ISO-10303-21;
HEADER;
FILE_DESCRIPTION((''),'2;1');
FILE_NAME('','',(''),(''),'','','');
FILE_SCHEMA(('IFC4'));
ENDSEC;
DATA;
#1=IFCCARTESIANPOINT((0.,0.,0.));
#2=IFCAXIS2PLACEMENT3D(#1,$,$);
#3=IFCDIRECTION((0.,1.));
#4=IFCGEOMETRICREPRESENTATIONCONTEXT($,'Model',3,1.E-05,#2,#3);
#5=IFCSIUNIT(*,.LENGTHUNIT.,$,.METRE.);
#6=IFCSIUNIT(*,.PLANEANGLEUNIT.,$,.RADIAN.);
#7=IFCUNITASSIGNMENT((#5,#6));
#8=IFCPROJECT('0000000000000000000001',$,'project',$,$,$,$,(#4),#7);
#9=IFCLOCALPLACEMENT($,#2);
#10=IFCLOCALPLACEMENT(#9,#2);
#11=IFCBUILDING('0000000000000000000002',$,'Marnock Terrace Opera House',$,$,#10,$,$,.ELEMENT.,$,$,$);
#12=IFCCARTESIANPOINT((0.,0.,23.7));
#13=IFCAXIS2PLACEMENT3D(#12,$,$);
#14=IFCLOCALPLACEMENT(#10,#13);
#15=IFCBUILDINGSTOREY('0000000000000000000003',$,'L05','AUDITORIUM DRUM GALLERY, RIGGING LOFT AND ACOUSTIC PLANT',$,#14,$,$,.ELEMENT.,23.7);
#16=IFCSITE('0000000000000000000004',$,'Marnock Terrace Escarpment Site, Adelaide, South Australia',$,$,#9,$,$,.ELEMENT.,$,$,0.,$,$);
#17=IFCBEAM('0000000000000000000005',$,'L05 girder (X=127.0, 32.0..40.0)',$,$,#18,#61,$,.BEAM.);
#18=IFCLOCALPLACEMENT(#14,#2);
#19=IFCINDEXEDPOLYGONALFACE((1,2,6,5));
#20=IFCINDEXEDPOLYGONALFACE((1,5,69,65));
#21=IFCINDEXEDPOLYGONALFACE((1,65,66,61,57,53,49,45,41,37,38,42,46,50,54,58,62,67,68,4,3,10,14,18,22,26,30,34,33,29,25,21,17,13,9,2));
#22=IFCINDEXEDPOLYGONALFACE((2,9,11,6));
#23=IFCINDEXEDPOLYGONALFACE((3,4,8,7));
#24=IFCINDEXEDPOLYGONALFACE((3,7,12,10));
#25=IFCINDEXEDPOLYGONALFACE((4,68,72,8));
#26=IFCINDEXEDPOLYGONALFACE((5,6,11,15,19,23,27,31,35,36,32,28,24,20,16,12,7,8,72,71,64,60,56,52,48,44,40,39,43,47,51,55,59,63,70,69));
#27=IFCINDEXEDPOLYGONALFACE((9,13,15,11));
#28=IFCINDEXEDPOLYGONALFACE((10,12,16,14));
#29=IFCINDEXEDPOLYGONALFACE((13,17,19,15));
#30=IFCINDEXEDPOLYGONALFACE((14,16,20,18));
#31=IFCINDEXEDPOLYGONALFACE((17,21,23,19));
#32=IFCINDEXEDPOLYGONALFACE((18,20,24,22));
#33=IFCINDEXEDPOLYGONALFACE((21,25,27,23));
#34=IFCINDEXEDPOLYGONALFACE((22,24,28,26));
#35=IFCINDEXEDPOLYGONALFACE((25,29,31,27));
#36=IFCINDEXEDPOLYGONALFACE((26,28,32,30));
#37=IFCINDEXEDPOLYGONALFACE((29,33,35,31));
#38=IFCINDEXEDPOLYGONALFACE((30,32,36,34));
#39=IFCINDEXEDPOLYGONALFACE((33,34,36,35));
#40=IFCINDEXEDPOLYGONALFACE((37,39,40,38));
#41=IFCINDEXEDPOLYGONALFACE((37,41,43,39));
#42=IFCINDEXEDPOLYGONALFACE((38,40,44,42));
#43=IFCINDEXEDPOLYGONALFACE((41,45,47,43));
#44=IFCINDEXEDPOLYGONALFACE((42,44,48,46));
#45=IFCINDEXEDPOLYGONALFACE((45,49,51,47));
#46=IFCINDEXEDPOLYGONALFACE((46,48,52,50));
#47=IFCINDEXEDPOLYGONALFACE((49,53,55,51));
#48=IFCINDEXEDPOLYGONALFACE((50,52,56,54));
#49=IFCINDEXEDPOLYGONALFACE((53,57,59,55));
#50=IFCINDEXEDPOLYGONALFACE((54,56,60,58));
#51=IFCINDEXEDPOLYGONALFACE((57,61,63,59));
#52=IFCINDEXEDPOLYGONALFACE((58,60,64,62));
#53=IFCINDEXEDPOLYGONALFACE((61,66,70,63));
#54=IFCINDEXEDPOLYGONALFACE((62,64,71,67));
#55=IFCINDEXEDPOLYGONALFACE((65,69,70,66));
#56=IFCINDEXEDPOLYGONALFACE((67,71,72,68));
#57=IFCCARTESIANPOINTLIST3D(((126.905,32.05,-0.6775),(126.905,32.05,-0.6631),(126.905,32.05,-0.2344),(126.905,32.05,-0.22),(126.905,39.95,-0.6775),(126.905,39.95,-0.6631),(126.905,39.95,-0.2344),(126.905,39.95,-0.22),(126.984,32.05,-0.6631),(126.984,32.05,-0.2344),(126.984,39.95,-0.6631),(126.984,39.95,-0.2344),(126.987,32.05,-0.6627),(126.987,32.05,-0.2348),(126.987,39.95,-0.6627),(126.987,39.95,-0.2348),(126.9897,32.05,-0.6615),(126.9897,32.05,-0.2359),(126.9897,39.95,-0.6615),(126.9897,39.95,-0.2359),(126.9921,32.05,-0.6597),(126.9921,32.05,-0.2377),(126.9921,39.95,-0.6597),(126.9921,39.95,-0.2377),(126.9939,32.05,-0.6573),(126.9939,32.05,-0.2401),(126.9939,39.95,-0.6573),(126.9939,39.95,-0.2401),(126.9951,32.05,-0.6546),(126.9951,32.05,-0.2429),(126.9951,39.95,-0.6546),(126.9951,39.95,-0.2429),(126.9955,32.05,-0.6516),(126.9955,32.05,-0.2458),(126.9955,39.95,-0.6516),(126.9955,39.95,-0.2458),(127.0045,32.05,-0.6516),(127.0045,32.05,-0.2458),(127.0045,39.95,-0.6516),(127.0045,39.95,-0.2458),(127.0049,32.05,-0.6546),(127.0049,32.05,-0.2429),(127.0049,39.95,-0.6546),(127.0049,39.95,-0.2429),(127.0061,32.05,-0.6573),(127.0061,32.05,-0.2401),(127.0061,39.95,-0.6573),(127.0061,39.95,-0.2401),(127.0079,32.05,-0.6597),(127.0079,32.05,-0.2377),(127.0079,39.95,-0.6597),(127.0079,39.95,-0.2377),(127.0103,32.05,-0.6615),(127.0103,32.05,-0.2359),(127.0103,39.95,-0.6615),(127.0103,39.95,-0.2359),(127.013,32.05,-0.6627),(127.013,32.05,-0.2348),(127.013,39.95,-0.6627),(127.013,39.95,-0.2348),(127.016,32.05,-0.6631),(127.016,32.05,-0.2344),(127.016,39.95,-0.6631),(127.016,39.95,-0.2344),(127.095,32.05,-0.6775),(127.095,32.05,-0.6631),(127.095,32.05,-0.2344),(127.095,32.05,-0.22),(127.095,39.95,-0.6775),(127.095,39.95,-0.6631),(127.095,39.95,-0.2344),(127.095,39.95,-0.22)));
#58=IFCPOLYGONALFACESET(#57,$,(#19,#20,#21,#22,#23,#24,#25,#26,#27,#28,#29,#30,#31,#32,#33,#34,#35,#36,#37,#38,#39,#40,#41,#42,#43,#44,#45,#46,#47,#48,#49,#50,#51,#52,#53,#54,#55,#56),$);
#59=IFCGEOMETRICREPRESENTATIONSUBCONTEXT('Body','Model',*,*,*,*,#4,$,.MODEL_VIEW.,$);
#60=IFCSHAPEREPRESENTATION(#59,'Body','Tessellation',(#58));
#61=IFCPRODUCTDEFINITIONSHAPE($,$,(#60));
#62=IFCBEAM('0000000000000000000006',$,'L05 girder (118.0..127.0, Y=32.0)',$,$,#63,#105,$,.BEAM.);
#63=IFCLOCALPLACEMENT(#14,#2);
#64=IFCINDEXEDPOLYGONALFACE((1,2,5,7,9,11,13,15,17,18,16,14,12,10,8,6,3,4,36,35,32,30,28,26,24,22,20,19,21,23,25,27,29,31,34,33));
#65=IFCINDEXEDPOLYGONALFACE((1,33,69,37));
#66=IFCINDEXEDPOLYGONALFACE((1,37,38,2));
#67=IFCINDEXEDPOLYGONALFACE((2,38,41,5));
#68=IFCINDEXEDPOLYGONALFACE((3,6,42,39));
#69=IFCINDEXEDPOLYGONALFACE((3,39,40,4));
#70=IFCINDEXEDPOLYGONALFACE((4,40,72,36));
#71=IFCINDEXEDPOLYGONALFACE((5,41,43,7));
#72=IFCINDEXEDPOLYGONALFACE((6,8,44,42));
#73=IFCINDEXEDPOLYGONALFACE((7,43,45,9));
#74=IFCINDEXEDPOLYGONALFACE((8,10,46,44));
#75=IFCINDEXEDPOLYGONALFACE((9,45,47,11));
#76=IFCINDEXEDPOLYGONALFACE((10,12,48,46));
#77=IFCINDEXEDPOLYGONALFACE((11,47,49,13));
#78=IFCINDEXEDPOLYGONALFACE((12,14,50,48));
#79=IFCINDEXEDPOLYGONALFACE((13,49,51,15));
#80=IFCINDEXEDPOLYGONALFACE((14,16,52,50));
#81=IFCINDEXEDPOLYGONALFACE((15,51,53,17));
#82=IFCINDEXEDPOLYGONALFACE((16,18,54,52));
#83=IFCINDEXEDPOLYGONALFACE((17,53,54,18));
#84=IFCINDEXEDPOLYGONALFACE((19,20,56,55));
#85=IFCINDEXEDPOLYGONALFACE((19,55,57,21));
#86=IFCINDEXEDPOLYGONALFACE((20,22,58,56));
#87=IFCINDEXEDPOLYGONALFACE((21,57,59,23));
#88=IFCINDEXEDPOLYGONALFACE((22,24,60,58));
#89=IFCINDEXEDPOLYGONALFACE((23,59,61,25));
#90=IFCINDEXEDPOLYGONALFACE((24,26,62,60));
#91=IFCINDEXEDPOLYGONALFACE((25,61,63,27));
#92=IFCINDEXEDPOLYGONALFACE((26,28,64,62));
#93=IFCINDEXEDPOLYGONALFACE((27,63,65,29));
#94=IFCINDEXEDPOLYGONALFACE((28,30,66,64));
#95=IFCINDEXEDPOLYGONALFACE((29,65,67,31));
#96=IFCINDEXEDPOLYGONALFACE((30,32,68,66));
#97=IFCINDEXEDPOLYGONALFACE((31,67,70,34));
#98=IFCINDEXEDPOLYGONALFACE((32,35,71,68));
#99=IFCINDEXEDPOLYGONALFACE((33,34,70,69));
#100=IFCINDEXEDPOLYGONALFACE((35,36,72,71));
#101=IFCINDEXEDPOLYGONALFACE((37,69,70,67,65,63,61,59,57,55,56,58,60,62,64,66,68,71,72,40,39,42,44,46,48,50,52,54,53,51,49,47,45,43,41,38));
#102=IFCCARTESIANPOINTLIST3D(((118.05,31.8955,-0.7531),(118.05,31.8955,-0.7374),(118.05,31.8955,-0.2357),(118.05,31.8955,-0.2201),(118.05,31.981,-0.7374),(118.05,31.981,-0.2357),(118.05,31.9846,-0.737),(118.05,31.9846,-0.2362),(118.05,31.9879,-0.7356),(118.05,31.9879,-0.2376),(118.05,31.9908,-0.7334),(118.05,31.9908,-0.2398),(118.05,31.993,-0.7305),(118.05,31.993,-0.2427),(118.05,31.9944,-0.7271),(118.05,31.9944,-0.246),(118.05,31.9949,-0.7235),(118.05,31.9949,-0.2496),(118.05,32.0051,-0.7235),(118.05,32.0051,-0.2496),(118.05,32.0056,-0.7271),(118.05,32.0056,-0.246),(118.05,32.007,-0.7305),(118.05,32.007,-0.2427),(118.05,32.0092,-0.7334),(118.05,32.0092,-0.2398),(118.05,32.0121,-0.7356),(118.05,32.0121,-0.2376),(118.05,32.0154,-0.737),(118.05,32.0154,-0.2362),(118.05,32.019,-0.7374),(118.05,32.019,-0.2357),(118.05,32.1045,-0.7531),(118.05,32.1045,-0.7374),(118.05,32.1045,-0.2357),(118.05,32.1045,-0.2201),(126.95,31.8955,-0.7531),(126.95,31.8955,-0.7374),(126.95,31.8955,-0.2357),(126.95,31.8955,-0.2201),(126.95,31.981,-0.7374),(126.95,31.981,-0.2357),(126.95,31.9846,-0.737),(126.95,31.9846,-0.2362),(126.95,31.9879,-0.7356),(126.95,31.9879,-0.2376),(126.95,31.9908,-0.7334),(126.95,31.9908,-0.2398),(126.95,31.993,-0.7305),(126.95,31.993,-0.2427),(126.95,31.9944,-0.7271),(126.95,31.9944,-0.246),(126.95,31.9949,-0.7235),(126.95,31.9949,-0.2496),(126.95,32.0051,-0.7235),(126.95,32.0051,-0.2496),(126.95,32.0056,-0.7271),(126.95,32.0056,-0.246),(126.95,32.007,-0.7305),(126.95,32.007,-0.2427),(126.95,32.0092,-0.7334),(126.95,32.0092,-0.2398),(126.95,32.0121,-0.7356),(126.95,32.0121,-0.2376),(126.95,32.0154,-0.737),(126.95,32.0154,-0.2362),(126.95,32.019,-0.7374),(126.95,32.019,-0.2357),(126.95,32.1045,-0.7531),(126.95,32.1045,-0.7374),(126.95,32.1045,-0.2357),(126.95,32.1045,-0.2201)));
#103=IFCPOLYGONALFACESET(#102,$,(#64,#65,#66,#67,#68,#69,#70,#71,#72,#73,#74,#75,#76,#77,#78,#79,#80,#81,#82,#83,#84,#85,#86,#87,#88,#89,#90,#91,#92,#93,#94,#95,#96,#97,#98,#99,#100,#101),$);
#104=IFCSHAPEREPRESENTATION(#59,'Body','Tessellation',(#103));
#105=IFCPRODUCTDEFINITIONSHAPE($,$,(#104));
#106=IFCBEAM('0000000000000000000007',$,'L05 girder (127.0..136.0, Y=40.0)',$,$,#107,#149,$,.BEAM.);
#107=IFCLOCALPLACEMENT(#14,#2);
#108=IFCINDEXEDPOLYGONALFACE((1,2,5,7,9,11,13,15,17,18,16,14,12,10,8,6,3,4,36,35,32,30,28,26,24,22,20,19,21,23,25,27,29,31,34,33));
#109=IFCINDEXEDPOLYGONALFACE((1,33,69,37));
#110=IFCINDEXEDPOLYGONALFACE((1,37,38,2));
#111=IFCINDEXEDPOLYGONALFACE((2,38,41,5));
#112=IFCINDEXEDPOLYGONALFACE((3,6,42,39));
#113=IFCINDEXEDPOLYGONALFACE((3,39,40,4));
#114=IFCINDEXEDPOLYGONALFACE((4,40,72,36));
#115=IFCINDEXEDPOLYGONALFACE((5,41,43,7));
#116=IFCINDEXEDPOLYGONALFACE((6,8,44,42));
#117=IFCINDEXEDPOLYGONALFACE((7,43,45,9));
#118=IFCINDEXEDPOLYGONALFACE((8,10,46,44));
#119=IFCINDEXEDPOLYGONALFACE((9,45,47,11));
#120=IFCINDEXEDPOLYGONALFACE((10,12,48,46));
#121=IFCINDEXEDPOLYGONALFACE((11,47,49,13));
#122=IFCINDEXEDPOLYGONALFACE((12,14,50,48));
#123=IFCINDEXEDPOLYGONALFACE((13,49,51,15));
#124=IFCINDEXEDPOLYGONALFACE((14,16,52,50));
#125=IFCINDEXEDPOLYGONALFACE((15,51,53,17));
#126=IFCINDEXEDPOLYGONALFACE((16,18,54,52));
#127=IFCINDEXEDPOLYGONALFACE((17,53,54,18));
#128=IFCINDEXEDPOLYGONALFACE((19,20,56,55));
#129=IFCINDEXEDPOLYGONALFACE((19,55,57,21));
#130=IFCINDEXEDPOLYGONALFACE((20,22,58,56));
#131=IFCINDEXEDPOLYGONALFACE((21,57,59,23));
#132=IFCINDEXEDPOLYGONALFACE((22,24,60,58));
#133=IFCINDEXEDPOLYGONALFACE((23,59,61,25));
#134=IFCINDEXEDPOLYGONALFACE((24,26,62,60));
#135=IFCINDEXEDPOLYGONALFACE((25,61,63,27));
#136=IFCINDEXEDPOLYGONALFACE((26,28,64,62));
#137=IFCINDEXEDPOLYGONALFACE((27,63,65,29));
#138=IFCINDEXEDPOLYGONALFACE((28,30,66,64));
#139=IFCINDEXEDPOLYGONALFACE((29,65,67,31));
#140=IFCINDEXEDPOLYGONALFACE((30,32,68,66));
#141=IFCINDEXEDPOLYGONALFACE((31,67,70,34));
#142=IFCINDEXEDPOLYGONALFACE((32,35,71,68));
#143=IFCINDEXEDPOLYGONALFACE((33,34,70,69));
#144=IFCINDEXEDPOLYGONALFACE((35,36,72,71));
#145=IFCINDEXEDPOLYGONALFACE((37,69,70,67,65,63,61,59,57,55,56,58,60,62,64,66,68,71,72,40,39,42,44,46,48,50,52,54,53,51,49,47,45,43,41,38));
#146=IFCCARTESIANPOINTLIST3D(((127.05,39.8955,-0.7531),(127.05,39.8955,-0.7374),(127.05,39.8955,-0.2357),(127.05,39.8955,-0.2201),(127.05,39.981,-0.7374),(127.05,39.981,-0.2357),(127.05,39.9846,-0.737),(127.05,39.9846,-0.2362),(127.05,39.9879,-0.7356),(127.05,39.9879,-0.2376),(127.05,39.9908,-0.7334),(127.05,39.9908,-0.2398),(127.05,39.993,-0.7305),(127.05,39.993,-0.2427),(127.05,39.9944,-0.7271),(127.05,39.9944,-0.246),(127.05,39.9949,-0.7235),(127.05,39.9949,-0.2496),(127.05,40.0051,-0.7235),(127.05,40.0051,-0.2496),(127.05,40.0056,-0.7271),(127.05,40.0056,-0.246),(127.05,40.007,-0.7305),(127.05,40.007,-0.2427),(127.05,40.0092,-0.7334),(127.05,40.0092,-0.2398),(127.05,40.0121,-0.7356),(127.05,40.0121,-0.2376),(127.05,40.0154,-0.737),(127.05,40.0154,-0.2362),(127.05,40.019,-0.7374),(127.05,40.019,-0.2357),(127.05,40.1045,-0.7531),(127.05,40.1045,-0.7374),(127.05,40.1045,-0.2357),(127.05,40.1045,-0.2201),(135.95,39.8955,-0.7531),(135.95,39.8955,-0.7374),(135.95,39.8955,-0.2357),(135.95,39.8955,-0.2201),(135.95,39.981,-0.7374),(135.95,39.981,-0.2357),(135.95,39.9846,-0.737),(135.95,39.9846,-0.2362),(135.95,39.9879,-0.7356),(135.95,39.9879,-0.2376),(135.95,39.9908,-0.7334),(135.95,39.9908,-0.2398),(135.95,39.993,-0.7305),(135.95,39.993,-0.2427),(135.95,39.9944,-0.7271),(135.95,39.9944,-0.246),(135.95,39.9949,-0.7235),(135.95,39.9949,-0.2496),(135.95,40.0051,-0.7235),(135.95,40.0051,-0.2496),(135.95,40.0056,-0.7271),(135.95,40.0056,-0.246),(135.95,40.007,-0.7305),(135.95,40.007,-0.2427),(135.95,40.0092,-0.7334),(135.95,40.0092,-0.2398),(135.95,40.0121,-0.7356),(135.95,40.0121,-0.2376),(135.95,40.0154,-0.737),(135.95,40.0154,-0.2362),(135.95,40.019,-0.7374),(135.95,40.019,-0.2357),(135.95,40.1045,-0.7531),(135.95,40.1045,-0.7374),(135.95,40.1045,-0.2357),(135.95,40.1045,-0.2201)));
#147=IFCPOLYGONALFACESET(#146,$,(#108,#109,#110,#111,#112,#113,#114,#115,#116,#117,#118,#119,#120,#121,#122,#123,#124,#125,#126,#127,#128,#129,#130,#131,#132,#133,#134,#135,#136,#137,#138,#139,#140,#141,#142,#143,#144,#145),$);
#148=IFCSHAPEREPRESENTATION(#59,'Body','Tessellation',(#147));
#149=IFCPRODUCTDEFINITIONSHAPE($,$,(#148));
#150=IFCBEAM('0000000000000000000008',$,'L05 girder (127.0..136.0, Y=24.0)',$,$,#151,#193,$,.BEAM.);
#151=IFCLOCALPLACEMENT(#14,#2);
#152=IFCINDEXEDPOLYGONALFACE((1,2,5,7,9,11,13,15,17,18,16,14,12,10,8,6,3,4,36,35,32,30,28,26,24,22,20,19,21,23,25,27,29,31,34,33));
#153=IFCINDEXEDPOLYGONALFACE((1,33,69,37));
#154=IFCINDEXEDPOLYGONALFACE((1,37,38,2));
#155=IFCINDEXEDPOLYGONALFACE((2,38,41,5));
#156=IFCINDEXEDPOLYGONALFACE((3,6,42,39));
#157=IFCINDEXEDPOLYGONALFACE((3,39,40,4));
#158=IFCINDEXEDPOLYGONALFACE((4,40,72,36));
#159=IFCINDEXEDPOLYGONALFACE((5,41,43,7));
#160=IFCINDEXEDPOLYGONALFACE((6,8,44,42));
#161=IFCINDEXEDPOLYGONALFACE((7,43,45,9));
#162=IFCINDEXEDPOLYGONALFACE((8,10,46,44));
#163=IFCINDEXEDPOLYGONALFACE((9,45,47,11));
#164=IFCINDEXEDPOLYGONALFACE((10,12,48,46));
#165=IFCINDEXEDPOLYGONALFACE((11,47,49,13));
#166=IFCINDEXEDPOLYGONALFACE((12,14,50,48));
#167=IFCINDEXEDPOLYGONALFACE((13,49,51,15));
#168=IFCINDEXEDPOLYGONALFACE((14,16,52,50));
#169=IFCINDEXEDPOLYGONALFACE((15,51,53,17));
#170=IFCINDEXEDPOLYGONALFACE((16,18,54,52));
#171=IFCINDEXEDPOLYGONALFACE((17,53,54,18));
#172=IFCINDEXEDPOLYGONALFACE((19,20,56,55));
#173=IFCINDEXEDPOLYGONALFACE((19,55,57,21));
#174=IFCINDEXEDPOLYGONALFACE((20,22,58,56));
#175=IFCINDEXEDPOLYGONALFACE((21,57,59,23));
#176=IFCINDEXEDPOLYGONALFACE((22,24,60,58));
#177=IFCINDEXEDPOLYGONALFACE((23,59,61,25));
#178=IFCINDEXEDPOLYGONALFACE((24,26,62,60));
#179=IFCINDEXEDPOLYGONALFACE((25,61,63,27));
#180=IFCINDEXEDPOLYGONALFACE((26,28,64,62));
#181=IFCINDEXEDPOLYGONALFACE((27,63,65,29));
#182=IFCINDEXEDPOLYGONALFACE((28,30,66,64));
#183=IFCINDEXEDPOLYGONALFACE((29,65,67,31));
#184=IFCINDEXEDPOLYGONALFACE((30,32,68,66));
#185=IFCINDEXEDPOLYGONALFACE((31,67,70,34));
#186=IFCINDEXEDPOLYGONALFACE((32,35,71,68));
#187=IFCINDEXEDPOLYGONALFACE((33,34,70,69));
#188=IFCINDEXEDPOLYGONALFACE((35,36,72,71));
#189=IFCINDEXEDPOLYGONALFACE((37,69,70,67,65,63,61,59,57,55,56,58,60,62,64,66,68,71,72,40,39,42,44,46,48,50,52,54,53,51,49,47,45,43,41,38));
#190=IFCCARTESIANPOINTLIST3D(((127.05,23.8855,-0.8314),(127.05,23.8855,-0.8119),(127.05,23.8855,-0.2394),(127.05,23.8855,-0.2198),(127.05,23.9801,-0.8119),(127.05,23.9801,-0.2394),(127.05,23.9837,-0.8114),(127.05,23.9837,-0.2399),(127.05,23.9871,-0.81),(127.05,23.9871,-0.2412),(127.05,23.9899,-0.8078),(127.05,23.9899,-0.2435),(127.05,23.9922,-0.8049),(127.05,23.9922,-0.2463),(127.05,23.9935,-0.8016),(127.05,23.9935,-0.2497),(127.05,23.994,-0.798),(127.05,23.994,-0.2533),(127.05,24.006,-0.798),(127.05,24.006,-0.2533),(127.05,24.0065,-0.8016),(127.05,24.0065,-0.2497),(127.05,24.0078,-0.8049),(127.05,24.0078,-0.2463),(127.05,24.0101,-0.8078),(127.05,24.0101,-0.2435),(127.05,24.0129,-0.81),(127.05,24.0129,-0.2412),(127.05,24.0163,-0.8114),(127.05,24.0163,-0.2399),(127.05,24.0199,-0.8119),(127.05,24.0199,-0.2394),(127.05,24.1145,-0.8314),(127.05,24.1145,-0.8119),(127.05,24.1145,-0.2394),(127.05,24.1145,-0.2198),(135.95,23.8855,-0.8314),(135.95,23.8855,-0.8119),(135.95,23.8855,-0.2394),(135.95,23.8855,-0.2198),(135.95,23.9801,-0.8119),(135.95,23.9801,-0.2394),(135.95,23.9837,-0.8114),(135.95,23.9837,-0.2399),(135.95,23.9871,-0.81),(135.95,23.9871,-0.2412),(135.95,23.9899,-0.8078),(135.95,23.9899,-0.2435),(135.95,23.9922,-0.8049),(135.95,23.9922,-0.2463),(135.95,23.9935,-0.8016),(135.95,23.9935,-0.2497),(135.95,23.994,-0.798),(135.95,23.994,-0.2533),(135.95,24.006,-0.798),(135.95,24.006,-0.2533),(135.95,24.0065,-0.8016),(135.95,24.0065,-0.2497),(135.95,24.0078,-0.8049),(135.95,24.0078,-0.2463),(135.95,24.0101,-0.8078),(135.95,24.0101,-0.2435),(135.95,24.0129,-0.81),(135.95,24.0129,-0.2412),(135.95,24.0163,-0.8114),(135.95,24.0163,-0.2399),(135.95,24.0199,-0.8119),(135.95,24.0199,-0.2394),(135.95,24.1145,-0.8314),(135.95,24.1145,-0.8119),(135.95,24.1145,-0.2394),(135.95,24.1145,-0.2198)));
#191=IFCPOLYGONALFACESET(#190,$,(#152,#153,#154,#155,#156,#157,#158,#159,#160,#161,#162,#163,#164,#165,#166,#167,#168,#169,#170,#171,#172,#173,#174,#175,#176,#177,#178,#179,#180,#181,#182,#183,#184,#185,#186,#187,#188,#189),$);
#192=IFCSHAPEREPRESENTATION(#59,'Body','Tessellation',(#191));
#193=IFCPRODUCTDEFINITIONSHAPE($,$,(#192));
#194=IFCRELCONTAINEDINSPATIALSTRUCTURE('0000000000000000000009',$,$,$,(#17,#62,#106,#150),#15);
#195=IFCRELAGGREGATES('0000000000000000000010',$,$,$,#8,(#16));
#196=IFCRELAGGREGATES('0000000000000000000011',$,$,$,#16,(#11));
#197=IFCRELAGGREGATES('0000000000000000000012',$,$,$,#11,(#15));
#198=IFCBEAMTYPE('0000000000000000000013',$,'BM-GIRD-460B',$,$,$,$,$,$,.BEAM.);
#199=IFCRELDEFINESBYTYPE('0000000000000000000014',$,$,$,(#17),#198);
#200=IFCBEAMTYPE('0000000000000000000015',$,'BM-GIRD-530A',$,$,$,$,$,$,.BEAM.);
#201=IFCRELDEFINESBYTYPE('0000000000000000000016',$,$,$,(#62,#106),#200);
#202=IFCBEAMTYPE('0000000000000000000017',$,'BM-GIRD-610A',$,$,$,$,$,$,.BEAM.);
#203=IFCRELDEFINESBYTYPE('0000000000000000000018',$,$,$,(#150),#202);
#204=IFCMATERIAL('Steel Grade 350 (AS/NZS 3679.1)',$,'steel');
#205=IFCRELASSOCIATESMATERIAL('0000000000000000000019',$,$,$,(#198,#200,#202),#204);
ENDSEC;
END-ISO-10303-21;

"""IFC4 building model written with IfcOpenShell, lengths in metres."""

from ifc_helpers import new_model, si_unit, direction, frame, origin, origin_2d, place, context, subcontext, project, spatial, i_section, extrude, material, material_profile, profile_set, type_object, element, save


model = new_model("IFC4")

# Units and contexts
model_context = context("Model", 3, precision=1e-05, world=origin(), true_north=direction((0.0, 1.0)))
body_context = subcontext(model_context, "Body", "Model", "MODEL_VIEW")
ifc_project = project(units=[si_unit("LENGTHUNIT", "METRE"), si_unit("PLANEANGLEUNIT", "RADIAN")], contexts=[model_context])

# Site, building, storey
site_placement = place(None, origin())
site = spatial("IfcSite", under=ifc_project, at=site_placement, Name="Marnock Terrace Escarpment Site, Adelaide, South Australia", CompositionType="ELEMENT", RefElevation=0.0)
building_placement = place(site_placement, origin())
building = spatial("IfcBuilding", under=site, at=building_placement, Name="Marnock Terrace Opera House", CompositionType="ELEMENT")
storey_placement = place(building_placement, frame((0.0, 0.0, 23.7)))
storey = spatial("IfcBuildingStorey", under=building, at=storey_placement, Name="L05", Description="AUDITORIUM DRUM GALLERY, RIGGING LOFT AND ACOUSTIC PLANT", CompositionType="ELEMENT", Elevation=23.7)

# Beams
ifc_material = material(Name="Steel Grade 350 (AS/NZS 3679.1)", Category="steel")
ifc_material_profile_1 = material_profile(ifc_material, i_section(OverallWidth=0.1899, OverallDepth=0.4575, WebThickness=0.009, FlangeThickness=0.0144, FilletRadius=0.0115, at=origin_2d()))
ifc_profile_set_1 = profile_set([ifc_material_profile_1], Name="Steel Grade 350 (AS/NZS 3679.1)")
beam_type_1 = type_object("IfcBeamType", Name="BM-GIRD-460B", PredefinedType="BEAM", material=ifc_profile_set_1)
for number, where, z_axis, x_axis, name in (
    (1, (127.0, 32.05, -0.4487), (0.0, 1.0, 0.0), (-1.0, 0.0, 0.0), "L05 girder (X=127.0, 32.0..40.0)"),
):
    element("IfcBeam", number, at=place(storey_placement, frame(where, z_axis=z_axis, x_axis=x_axis)), inside=storey, type_object=beam_type_1, Name=name, PredefinedType="BEAM", context=body_context, shape_type="SweptSolid", body=[
        extrude(i_section(OverallWidth=0.1899, OverallDepth=0.4575, WebThickness=0.009, FlangeThickness=0.0144, FilletRadius=0.0115, at=origin_2d()), origin(), (0.0, 0.0, 1.0), 7.8999),
    ])
ifc_material_profile_2 = material_profile(ifc_material, i_section(OverallWidth=0.209, OverallDepth=0.533, WebThickness=0.0103, FlangeThickness=0.0156, FilletRadius=0.0139, at=origin_2d()))
ifc_profile_set_2 = profile_set([ifc_material_profile_2], Name="Steel Grade 350 (AS/NZS 3679.1)")
beam_type_2 = type_object("IfcBeamType", Name="BM-GIRD-530A", PredefinedType="BEAM", material=ifc_profile_set_2)
for number, where, z_axis, x_axis, name in (
    (2, (118.05, 32.0, -0.4866), (1.0, 0.0, 0.0), (0.0, 1.0, 0.0), "L05 girder (118.0..127.0, Y=32.0)"),
    (3, (127.05, 40.0, -0.4866), (1.0, 0.0, 0.0), (0.0, 1.0, 0.0), "L05 girder (127.0..136.0, Y=40.0)"),
):
    element("IfcBeam", number, at=place(storey_placement, frame(where, z_axis=z_axis, x_axis=x_axis)), inside=storey, type_object=beam_type_2, Name=name, PredefinedType="BEAM", context=body_context, shape_type="SweptSolid", body=[
        extrude(i_section(OverallWidth=0.209, OverallDepth=0.533, WebThickness=0.0103, FlangeThickness=0.0156, FilletRadius=0.0139, at=origin_2d()), origin(), (0.0, 0.0, 1.0), 8.8999),
    ])
ifc_material_profile_3 = material_profile(ifc_material, i_section(OverallWidth=0.229, OverallDepth=0.6116, WebThickness=0.012, FlangeThickness=0.0195, FilletRadius=0.0139, at=origin_2d()))
ifc_profile_set_3 = profile_set([ifc_material_profile_3], Name="Steel Grade 350 (AS/NZS 3679.1)")
beam_type_3 = type_object("IfcBeamType", Name="BM-GIRD-610A", PredefinedType="BEAM", material=ifc_profile_set_3)
beam_1_placement = place(storey_placement, frame((127.05, 24.0, -0.5256), z_axis=(1.0, 0.0, 0.0), x_axis=(0.0, 1.0, 0.0)))
element("IfcBeam", 4, at=beam_1_placement, inside=storey, type_object=beam_type_3, Name="L05 girder (127.0..136.0, Y=24.0)", PredefinedType="BEAM", context=body_context, shape_type="SweptSolid", body=[
    extrude(i_section(OverallWidth=0.229, OverallDepth=0.6116, WebThickness=0.012, FlangeThickness=0.0195, FilletRadius=0.0139, at=origin_2d()), origin(), (0.0, 0.0, 1.0), 8.8999),
])

save(model, "model.ifc")
